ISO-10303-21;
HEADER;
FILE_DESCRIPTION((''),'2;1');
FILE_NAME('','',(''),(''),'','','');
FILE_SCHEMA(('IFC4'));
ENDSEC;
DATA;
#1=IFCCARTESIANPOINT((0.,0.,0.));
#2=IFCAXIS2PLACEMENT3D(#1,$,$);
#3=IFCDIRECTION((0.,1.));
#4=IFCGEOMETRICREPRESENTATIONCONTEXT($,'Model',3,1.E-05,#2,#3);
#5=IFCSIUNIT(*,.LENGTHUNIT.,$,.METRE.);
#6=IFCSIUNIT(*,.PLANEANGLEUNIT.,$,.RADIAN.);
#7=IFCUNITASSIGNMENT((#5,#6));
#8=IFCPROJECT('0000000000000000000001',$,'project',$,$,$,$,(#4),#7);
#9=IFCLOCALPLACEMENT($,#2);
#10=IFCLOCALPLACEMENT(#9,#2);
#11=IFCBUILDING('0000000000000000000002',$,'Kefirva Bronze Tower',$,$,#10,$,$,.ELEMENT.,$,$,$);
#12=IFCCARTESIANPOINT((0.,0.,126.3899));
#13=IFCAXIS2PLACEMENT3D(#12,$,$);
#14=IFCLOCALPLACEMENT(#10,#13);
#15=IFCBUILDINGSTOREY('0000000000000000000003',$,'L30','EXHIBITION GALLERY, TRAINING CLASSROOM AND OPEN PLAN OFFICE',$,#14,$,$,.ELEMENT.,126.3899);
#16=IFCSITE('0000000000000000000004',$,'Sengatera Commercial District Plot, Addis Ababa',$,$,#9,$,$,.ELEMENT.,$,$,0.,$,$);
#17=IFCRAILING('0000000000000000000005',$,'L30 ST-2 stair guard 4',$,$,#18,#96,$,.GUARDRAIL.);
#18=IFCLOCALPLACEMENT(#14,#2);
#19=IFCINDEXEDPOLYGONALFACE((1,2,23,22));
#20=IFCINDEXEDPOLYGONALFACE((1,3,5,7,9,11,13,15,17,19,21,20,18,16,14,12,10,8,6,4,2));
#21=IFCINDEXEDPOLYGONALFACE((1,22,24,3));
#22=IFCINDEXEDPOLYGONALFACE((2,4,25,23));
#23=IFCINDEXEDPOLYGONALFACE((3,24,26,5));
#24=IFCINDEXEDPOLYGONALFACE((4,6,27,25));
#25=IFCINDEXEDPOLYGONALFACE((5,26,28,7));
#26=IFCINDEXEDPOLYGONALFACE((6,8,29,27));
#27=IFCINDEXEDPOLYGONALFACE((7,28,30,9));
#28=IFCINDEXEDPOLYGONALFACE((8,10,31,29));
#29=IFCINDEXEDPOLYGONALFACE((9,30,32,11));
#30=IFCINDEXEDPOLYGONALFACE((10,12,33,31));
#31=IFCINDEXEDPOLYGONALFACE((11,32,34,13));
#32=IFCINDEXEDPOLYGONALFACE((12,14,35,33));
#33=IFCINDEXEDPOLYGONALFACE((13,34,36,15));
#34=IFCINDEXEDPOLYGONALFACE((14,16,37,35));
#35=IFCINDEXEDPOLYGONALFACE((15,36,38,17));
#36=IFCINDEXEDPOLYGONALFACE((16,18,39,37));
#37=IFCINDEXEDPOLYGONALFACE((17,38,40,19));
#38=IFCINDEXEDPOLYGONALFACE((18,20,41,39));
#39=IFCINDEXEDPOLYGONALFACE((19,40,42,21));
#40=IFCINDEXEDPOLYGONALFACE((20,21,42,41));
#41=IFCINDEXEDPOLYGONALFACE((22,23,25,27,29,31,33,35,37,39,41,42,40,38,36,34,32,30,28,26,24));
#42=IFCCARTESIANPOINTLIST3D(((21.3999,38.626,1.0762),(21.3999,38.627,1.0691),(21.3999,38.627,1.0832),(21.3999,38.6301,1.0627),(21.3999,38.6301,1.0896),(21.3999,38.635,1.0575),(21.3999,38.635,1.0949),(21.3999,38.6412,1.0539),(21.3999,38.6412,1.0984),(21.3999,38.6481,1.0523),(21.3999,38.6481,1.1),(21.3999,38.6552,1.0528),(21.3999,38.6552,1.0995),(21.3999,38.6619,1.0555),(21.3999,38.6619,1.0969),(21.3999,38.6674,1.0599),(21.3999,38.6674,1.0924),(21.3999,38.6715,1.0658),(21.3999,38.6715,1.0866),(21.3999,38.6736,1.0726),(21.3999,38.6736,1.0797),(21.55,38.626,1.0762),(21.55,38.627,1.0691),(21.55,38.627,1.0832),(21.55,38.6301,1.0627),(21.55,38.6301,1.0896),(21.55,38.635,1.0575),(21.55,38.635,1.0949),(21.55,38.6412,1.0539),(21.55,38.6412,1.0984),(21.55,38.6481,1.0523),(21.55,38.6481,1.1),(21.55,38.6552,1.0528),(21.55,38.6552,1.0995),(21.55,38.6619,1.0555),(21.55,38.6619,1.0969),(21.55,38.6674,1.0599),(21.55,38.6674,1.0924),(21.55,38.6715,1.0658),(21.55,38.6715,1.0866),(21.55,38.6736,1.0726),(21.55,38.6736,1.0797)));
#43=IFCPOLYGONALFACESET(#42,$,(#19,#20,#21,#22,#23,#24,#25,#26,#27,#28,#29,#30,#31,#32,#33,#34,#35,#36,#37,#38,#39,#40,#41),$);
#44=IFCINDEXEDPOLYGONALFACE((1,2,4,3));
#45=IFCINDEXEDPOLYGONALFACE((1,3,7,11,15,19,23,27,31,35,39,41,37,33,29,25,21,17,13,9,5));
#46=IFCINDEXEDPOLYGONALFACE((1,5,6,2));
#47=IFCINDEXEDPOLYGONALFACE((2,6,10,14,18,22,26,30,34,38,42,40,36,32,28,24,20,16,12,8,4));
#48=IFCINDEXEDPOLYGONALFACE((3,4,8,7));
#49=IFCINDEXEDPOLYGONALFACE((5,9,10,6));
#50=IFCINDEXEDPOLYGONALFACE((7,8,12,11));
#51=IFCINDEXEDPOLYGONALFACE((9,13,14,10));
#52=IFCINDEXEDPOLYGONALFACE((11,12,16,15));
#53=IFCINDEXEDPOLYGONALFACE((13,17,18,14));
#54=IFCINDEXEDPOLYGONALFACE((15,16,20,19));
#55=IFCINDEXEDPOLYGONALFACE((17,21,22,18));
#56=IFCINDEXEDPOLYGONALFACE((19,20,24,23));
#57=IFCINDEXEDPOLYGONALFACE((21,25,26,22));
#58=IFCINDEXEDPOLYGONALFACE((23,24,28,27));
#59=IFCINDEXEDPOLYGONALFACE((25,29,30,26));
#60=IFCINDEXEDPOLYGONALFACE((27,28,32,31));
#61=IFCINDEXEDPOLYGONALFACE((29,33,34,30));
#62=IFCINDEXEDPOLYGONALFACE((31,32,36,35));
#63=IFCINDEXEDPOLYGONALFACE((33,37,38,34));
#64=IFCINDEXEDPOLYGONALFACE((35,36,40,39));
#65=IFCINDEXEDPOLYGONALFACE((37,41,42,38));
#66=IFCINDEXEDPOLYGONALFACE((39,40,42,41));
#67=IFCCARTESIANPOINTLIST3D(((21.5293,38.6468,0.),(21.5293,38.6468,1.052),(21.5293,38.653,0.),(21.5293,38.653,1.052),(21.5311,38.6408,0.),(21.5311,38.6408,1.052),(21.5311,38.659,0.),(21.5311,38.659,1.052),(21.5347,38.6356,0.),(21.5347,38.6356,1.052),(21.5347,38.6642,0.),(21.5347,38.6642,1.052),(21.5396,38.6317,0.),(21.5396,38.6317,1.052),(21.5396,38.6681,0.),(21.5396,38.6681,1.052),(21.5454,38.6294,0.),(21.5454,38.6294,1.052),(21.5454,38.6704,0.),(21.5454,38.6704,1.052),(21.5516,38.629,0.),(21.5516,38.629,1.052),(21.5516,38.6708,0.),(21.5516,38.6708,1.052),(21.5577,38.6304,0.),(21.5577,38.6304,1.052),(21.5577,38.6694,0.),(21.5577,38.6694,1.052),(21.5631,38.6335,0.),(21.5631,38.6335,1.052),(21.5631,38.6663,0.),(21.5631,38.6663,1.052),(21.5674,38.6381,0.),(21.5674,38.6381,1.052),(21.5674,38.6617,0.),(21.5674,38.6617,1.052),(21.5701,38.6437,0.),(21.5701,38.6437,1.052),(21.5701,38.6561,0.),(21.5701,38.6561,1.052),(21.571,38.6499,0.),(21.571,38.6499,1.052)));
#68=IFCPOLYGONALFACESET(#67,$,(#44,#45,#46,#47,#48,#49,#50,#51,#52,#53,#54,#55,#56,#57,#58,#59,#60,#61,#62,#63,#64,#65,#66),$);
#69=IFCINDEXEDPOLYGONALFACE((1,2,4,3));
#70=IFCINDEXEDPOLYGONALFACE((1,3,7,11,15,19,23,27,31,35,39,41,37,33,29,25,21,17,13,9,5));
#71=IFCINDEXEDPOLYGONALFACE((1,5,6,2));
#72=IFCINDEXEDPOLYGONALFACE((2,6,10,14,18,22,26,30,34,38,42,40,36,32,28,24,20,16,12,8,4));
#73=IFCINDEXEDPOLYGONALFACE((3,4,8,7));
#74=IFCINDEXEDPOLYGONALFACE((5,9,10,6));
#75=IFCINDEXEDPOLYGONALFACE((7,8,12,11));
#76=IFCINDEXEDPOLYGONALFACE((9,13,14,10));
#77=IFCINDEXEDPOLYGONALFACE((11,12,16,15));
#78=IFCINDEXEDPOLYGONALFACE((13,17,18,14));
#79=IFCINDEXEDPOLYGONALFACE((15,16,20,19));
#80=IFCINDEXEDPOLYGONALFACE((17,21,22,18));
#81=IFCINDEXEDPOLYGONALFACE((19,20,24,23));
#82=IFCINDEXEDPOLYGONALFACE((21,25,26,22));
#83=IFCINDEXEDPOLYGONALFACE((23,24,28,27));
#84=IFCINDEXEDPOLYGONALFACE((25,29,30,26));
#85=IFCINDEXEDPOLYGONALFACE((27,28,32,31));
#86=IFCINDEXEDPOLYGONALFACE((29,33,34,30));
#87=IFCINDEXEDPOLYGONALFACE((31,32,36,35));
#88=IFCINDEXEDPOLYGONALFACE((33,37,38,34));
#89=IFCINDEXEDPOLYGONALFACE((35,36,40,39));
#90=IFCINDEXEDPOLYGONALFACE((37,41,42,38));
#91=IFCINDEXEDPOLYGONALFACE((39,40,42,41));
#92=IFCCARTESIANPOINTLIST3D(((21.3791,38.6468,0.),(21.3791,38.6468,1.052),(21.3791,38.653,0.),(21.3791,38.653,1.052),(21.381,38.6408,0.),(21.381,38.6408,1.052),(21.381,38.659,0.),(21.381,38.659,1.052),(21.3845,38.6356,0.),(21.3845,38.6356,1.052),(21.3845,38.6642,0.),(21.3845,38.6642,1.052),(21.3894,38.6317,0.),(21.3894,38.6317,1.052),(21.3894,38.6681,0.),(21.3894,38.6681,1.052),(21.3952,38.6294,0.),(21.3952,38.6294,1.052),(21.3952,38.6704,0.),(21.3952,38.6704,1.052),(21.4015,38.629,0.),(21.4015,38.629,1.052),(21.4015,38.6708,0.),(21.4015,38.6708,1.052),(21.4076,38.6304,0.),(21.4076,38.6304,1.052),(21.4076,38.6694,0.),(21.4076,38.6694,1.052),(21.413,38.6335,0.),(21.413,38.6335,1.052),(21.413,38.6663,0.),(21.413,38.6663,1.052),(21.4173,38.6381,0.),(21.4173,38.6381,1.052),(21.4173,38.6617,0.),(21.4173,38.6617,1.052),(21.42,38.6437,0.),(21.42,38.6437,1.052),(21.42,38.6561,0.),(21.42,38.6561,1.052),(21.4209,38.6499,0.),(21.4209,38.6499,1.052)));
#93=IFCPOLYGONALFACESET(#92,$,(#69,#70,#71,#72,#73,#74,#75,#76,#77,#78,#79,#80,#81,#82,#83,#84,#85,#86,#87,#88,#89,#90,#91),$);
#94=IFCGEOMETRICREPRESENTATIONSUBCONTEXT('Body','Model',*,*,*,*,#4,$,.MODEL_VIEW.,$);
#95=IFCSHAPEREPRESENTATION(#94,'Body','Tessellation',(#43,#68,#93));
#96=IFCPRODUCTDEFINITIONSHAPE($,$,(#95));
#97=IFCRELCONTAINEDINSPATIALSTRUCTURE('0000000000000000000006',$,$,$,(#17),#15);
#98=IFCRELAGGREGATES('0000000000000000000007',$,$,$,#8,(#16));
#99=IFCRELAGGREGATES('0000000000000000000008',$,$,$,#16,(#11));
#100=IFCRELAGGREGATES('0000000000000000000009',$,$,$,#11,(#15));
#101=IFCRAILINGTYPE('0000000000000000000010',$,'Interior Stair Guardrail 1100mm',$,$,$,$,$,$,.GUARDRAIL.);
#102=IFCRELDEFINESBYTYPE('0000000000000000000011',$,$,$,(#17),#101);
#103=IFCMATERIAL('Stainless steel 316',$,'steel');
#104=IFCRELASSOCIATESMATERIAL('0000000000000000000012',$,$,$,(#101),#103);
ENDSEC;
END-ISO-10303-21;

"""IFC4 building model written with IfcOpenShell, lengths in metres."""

from ifc_helpers import new_model, si_unit, direction, frame, origin, origin_2d, place, context, subcontext, project, spatial, circle, extrude, material, type_object, element, save


model = new_model("IFC4")

# Units and contexts
model_context = context("Model", 3, precision=1e-05, world=origin(), true_north=direction((0.0, 1.0)))
body_context = subcontext(model_context, "Body", "Model", "MODEL_VIEW")
ifc_project = project(units=[si_unit("LENGTHUNIT", "METRE"), si_unit("PLANEANGLEUNIT", "RADIAN")], contexts=[model_context])

# Site, building, storey
site_placement = place(None, origin())
site = spatial("IfcSite", under=ifc_project, at=site_placement, Name="Sengatera Commercial District Plot, Addis Ababa", CompositionType="ELEMENT", RefElevation=0.0)
building_placement = place(site_placement, origin())
building = spatial("IfcBuilding", under=site, at=building_placement, Name="Kefirva Bronze Tower", CompositionType="ELEMENT")
storey_placement = place(building_placement, frame((0.0, 0.0, 126.3899)))
storey = spatial("IfcBuildingStorey", under=building, at=storey_placement, Name="L30", Description="EXHIBITION GALLERY, TRAINING CLASSROOM AND OPEN PLAN OFFICE", CompositionType="ELEMENT", Elevation=126.3899)

# Railing
ifc_material_1 = material(Name="Stainless steel 316", Category="steel")
railing_type_1 = type_object("IfcRailingType", Name="Interior Stair Guardrail 1100mm", PredefinedType="GUARDRAIL", material=ifc_material_1)
railing_1_placement = place(storey_placement, frame((21.55, 38.6499, 0.0)))
element("IfcRailing", 1, at=railing_1_placement, inside=storey, type_object=railing_type_1, Name="L30 ST-2 stair guard 4", PredefinedType="GUARDRAIL", context=body_context, shape_type="SweptSolid", body=[
    extrude(circle(Radius=0.0239, at=origin_2d()), frame((0.0, 0.0, 1.0762), z_axis=(-1.0, 0.0, 0.0), x_axis=(0.0, -1.0, 0.0)), (0.0, 0.0, 1.0), 0.1501),
    extrude(circle(Radius=0.021, at=origin_2d()), origin(), (0.0, 0.0, 1.0), 1.052),
    extrude(circle(Radius=0.021, at=origin_2d()), frame((-0.1501, 0.0, 0.0)), (0.0, 0.0, 1.0), 1.052),
])

save(model, "model.ifc")
